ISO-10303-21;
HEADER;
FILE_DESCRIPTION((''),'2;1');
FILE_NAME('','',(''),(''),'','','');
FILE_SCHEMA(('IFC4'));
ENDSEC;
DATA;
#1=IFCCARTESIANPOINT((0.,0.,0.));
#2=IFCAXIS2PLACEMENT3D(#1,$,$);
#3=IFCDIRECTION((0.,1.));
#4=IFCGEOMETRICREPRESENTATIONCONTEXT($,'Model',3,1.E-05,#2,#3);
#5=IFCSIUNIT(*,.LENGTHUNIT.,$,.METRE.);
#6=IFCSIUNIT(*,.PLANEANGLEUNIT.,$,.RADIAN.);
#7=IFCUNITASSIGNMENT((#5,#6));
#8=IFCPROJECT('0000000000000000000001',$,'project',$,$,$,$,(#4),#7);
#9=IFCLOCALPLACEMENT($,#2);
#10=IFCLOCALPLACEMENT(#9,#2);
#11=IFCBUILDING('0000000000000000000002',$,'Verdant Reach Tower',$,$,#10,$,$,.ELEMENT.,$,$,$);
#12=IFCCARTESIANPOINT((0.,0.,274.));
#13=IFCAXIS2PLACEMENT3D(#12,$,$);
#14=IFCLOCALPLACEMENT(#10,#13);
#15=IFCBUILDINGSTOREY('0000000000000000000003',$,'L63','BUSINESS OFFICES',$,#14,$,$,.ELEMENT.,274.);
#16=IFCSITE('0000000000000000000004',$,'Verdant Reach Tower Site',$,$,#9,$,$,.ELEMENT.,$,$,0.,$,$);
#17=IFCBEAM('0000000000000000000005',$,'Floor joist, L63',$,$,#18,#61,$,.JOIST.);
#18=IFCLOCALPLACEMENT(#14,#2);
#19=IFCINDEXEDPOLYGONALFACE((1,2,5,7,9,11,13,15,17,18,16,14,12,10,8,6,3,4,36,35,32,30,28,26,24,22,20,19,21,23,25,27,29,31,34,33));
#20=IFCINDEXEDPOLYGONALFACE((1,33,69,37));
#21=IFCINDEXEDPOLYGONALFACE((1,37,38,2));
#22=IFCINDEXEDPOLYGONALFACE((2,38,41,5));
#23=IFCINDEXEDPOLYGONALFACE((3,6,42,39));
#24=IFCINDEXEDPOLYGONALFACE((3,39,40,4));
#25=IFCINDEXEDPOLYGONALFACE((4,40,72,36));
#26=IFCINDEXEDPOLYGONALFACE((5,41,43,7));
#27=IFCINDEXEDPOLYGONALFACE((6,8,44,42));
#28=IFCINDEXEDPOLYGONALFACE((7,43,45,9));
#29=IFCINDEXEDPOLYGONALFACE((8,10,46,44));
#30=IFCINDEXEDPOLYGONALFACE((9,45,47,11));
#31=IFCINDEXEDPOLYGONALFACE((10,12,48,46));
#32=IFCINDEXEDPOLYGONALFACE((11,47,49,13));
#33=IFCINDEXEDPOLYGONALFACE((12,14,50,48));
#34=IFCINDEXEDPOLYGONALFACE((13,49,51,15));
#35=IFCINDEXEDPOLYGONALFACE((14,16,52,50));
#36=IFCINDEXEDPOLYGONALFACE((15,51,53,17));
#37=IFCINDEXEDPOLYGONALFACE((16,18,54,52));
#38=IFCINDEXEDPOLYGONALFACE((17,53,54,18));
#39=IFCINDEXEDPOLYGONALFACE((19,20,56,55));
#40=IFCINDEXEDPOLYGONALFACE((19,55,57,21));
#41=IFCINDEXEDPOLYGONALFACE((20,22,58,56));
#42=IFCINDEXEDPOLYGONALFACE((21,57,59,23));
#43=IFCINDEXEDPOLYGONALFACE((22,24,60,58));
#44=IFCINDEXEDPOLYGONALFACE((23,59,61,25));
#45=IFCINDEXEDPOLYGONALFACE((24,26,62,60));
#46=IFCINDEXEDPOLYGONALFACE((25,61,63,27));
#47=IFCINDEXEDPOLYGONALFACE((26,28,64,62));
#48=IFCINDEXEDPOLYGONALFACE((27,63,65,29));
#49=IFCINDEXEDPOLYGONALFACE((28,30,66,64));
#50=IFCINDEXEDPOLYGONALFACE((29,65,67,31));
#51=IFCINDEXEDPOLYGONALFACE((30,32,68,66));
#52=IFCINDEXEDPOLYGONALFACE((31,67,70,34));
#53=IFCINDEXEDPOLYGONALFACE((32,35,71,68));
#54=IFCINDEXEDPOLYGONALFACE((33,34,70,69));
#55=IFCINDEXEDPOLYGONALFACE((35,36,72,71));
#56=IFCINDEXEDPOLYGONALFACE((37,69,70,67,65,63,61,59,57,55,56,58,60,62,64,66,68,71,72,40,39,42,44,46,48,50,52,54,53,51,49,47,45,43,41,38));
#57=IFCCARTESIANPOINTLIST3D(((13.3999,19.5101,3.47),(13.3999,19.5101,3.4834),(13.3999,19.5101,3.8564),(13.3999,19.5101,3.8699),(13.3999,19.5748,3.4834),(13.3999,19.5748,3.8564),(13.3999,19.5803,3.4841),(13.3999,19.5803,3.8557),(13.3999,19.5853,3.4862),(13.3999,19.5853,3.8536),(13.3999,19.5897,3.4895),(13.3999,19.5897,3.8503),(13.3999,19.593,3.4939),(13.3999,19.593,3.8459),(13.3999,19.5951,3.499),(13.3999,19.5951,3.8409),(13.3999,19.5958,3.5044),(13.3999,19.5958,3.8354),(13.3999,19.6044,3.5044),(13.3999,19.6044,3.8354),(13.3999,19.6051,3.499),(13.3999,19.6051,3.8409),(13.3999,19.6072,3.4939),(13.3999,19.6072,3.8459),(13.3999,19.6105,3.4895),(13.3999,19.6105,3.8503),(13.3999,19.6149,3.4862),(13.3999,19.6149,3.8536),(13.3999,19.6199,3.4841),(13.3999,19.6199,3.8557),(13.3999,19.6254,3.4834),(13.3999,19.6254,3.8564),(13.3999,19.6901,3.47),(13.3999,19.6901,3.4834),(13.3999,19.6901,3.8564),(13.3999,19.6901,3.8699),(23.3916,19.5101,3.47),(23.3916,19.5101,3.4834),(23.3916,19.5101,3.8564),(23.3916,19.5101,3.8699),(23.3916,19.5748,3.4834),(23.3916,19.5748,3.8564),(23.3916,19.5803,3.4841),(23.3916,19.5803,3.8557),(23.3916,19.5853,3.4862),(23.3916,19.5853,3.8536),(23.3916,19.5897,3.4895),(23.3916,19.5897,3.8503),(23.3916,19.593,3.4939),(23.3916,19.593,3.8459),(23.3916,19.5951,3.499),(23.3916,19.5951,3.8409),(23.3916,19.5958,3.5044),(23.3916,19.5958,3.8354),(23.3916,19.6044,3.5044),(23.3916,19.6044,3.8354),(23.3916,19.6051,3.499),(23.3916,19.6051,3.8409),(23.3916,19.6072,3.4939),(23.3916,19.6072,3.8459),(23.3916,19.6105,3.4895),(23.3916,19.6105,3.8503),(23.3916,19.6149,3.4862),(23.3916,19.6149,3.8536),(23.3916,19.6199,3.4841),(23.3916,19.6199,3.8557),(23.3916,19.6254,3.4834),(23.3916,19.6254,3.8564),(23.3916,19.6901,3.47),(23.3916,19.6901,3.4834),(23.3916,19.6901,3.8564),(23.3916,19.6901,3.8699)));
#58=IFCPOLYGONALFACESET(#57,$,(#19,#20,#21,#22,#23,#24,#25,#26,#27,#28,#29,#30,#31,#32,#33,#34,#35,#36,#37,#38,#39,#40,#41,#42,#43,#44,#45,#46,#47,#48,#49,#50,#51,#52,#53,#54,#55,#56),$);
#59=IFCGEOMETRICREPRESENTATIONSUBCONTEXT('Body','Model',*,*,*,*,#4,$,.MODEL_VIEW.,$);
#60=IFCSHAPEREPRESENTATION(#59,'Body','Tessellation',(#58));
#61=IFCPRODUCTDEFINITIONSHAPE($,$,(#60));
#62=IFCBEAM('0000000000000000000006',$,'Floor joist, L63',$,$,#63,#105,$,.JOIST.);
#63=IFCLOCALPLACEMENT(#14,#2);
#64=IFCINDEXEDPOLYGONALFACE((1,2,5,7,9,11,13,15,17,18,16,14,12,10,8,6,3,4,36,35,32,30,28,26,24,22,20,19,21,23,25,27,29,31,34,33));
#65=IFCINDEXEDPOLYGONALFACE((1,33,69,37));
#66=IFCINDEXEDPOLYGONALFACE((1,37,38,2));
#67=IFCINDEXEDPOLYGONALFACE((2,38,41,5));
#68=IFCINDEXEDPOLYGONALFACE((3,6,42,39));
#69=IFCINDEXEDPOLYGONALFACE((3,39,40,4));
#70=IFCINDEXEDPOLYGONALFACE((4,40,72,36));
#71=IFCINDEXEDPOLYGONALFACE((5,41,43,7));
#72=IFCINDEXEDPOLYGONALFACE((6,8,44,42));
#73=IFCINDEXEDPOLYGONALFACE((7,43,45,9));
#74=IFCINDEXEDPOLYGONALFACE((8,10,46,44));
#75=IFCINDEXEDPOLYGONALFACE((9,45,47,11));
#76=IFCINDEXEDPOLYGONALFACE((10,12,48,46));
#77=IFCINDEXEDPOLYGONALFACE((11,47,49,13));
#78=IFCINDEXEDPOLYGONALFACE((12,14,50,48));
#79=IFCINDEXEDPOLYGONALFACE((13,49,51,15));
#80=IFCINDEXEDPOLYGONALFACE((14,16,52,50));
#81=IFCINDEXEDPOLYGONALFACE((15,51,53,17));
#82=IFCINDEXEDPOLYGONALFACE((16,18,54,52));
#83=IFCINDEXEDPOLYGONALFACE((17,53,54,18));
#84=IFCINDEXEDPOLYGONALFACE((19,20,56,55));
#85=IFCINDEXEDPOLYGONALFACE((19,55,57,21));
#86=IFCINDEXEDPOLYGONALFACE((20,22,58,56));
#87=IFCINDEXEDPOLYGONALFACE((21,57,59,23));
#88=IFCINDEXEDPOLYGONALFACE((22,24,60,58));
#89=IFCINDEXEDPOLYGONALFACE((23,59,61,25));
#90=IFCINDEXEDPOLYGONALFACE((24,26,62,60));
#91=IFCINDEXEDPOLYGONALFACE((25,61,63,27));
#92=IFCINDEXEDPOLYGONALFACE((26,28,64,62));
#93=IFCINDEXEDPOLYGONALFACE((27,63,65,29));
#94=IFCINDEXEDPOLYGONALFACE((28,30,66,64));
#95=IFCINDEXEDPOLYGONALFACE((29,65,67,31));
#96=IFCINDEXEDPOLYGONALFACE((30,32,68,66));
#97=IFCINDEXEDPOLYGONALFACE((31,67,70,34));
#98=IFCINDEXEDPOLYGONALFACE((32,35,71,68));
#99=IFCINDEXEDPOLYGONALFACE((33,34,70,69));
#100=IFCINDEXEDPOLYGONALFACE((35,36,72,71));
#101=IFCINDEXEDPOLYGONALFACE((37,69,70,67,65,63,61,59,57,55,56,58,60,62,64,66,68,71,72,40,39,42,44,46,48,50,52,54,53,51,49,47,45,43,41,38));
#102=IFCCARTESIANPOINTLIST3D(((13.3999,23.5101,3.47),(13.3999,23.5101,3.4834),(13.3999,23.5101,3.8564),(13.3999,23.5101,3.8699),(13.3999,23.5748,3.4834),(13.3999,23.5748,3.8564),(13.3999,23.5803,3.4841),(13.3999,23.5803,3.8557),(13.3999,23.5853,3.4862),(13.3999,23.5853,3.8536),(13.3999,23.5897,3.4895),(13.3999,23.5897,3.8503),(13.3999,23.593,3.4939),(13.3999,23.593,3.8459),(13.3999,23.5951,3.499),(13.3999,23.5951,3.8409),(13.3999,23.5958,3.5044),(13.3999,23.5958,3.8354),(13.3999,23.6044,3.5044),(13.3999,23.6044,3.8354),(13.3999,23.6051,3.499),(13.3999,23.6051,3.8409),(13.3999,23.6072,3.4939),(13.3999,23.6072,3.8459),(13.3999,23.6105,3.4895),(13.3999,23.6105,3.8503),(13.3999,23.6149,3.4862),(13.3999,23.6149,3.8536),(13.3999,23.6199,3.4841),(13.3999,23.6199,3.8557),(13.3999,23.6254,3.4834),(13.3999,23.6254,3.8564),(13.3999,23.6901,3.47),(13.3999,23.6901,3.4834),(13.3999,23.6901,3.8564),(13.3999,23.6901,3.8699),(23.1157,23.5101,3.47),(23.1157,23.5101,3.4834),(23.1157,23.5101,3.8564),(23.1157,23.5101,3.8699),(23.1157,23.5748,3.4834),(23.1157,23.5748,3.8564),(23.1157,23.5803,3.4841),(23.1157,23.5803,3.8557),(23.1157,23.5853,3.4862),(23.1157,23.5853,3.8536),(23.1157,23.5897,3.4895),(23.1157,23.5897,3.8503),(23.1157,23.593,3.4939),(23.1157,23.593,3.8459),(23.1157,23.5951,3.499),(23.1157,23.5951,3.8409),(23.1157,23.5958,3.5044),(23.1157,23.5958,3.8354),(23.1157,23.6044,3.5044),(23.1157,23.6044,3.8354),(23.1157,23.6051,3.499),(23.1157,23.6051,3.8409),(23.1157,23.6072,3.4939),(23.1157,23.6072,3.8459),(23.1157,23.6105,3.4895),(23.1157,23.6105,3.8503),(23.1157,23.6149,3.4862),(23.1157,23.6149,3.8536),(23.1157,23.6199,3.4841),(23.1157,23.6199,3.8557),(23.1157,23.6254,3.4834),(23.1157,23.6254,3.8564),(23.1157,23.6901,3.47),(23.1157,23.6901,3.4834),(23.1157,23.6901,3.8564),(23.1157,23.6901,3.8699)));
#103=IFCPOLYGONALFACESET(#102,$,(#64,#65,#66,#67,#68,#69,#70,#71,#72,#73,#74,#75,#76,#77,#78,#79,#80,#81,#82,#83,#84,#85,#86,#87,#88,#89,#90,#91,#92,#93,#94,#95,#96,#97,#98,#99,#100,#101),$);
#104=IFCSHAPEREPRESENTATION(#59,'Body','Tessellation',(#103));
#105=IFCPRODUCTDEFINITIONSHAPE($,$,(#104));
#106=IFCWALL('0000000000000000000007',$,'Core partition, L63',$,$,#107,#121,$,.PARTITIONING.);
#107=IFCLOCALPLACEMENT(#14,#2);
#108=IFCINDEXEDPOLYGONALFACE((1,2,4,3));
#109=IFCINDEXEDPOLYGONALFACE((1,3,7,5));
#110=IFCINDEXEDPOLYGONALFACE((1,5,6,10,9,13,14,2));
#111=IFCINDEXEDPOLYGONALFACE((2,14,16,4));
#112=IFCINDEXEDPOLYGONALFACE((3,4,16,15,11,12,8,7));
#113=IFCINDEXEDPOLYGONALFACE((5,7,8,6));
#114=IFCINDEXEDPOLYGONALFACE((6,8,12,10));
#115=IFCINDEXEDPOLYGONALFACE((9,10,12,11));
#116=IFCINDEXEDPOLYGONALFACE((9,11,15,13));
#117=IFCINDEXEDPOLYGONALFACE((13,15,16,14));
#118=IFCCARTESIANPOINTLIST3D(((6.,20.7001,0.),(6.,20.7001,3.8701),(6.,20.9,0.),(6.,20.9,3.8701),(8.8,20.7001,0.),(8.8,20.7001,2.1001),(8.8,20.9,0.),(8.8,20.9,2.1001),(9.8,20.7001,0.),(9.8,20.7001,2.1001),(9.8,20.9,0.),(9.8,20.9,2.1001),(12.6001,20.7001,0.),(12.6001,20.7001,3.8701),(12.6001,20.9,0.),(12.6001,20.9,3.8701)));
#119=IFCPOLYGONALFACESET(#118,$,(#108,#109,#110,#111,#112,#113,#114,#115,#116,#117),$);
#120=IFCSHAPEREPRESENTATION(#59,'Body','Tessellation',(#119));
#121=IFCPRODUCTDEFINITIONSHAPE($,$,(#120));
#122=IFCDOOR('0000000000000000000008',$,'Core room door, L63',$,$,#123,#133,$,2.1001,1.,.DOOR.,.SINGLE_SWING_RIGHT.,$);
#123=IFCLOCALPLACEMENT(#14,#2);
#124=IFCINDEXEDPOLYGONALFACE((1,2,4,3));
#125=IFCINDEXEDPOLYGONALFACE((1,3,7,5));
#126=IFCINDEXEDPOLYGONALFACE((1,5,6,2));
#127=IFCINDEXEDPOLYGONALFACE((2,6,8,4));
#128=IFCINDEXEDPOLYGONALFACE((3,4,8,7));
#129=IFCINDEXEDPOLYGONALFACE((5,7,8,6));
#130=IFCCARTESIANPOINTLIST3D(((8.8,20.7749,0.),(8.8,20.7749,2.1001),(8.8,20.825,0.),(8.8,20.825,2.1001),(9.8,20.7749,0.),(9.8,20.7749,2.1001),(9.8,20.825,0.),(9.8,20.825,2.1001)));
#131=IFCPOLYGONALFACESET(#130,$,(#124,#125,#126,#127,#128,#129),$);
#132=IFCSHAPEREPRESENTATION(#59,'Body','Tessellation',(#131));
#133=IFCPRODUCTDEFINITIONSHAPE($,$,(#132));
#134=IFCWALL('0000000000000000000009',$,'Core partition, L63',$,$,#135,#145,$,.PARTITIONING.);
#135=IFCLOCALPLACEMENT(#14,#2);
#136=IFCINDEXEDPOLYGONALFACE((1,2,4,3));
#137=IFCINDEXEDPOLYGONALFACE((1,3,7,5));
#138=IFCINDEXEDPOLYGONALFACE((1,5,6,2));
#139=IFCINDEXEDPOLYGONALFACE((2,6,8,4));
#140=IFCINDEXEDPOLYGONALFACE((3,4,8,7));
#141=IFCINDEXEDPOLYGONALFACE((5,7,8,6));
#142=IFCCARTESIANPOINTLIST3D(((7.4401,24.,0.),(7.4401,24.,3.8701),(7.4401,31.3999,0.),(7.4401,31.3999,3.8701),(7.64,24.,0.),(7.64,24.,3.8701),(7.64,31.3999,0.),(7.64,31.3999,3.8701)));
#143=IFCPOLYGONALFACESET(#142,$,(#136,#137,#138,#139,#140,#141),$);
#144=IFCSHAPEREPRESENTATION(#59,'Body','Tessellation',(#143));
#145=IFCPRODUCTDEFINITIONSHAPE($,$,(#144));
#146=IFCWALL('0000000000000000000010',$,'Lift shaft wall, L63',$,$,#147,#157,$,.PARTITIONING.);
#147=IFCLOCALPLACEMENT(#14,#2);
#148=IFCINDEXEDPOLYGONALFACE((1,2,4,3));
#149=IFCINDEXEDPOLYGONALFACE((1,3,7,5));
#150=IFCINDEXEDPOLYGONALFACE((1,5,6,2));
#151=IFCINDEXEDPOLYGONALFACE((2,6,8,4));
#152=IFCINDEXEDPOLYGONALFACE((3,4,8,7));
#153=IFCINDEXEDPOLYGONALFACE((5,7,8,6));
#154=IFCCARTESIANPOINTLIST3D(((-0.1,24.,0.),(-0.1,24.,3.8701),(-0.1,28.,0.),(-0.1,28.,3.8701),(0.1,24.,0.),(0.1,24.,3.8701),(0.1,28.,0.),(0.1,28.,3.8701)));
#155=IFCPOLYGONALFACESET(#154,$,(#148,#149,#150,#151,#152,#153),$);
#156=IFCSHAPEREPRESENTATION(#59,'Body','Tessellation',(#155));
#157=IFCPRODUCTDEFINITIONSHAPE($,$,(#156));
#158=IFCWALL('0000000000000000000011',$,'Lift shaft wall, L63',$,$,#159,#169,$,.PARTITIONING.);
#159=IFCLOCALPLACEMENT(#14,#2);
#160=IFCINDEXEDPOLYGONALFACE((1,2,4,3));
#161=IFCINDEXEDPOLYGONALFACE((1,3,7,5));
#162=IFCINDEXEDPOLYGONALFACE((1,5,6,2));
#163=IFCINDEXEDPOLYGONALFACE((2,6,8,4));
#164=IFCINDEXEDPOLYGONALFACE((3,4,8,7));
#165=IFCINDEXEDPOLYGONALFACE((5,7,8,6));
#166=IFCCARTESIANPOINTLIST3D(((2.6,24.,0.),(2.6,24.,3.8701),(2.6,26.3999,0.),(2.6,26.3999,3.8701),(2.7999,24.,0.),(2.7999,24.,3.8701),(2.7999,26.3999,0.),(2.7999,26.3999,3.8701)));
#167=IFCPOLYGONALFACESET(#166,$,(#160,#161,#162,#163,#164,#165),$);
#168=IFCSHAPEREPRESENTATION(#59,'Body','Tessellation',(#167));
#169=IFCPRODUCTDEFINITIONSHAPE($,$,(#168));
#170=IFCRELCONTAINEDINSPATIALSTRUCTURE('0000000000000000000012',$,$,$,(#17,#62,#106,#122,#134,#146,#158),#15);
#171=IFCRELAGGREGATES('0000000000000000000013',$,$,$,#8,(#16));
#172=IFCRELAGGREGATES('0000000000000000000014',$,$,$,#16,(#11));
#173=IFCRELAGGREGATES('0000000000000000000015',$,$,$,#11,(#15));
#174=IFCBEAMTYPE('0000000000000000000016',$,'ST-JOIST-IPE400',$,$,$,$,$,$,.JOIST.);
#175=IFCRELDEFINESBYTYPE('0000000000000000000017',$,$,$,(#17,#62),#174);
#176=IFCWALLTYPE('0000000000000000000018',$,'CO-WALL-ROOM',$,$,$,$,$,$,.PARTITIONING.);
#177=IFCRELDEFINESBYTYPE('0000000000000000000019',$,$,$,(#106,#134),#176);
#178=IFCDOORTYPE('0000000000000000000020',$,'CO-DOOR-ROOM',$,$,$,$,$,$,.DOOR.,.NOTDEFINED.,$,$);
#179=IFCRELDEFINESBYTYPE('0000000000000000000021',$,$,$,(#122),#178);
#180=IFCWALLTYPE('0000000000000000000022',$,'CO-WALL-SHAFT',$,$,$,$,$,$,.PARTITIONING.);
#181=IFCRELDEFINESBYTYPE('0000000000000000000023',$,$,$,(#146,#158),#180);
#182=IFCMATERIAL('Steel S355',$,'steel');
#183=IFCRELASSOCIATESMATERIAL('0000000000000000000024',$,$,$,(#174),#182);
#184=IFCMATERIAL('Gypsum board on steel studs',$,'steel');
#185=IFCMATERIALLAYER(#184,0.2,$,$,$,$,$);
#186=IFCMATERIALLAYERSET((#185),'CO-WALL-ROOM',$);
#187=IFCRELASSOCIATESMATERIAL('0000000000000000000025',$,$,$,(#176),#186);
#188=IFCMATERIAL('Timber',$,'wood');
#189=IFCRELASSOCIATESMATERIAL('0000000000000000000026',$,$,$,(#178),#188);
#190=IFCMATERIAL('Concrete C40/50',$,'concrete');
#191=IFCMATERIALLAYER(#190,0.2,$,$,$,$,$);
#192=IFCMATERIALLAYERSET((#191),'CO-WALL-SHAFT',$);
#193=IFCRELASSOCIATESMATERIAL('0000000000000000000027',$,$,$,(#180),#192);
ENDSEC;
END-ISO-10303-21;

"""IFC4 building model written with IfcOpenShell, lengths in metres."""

from ifc_helpers import new_model, si_unit, direction, frame, frame_2d, origin, origin_2d, place, context, subcontext, project, spatial, rectangle, i_section, extrude, material, layer, layer_set, material_profile, profile_set, type_object, element, fill, save


model = new_model("IFC4")

# Units and contexts
model_context = context("Model", 3, precision=1e-05, world=origin(), true_north=direction((0.0, 1.0)))
body_context = subcontext(model_context, "Body", "Model", "MODEL_VIEW")
ifc_project = project(units=[si_unit("LENGTHUNIT", "METRE"), si_unit("PLANEANGLEUNIT", "RADIAN")], contexts=[model_context])

# Site, building, storey
site_placement = place(None, origin())
site = spatial("IfcSite", under=ifc_project, at=site_placement, Name="Verdant Reach Tower Site", CompositionType="ELEMENT", RefElevation=0.0)
building_placement = place(site_placement, origin())
building = spatial("IfcBuilding", under=site, at=building_placement, Name="Verdant Reach Tower", CompositionType="ELEMENT")
storey_placement = place(building_placement, frame((0.0, 0.0, 274.0)))
storey = spatial("IfcBuildingStorey", under=building, at=storey_placement, Name="L63", Description="BUSINESS OFFICES", CompositionType="ELEMENT", Elevation=274.0)

# Beams
ifc_material_1 = material(Name="Steel S355", Category="steel")
ifc_material_profile = material_profile(ifc_material_1, i_section(OverallWidth=0.1799, OverallDepth=0.3999, WebThickness=0.0085, FlangeThickness=0.0134, FilletRadius=0.021, at=origin_2d()), Name="IPE 400")
ifc_profile_set = profile_set([ifc_material_profile], Name="Steel S355")
beam_type = type_object("IfcBeamType", Name="ST-JOIST-IPE400", PredefinedType="JOIST", material=ifc_profile_set)
beam_1_placement = place(storey_placement, frame((13.3999, 19.6001, 3.6699), z_axis=(1.0, 0.0, 0.0), x_axis=(0.0, 1.0, 0.0)))
element("IfcBeam", 1, at=beam_1_placement, inside=storey, type_object=beam_type, Name="Floor joist, L63", PredefinedType="JOIST", context=body_context, shape_type="SweptSolid", body=[
    extrude(i_section(OverallWidth=0.1799, OverallDepth=0.3999, WebThickness=0.0085, FlangeThickness=0.0134, FilletRadius=0.021, at=origin_2d()), origin(), (0.0, 0.0, 1.0), 9.9917),
])
beam_2_placement = place(storey_placement, frame((13.3999, 23.6001, 3.6699), z_axis=(1.0, 0.0, 0.0), x_axis=(0.0, 1.0, 0.0)))
element("IfcBeam", 2, at=beam_2_placement, inside=storey, type_object=beam_type, Name="Floor joist, L63", PredefinedType="JOIST", context=body_context, shape_type="SweptSolid", body=[
    extrude(i_section(OverallWidth=0.1799, OverallDepth=0.3999, WebThickness=0.0085, FlangeThickness=0.0134, FilletRadius=0.021, at=origin_2d()), origin(), (0.0, 0.0, 1.0), 9.7158),
])

# Wall, opening, door
ifc_material_2 = material(Name="Gypsum board on steel studs", Category="steel")
ifc_layer_1 = layer(ifc_material_2, 0.2)
ifc_layer_set_1 = layer_set([ifc_layer_1], Name="CO-WALL-ROOM")
wall_type_1 = type_object("IfcWallType", Name="CO-WALL-ROOM", PredefinedType="PARTITIONING", material=ifc_layer_set_1)
wall_1_placement = place(storey_placement, frame((6.0, 20.8, 0.0), z_axis=(0.0, 0.0, 1.0), x_axis=(1.0, 0.0, 0.0)))
wall_1 = element("IfcWall", 3, at=wall_1_placement, inside=storey, type_object=wall_type_1, Name="Core partition, L63", PredefinedType="PARTITIONING", context=body_context, shape_type="SweptSolid", body=[
    extrude(rectangle(XDim=6.6001, YDim=0.2, at=frame_2d((3.3, 0.0))), origin(), (0.0, 0.0, 1.0), 3.8701),
])
opening_1_placement = place(wall_1_placement, frame((2.8, 0.0, 0.0)))
opening_1 = element("IfcOpeningElement", 4, at=opening_1_placement, cuts=wall_1, PredefinedType="OPENING", context=body_context, shape_type="SweptSolid", body=[
    extrude(rectangle(XDim=1.0, YDim=2.1001, at=frame_2d((0.5, 1.05))), frame((0.0, 0.1099, 0.0), z_axis=(0.0, -1.0, 0.0), x_axis=(1.0, 0.0, 0.0)), (0.0, 0.0, 1.0), 0.22),
])
ifc_material_3 = material(Name="Timber", Category="wood")
door_type_1 = type_object("IfcDoorType", Name="CO-DOOR-ROOM", OperationType="NOTDEFINED", PredefinedType="DOOR", material=ifc_material_3)
door_1_placement = place(opening_1_placement, origin())
door_1 = element("IfcDoor", 5, at=door_1_placement, inside=storey, type_object=door_type_1, Name="Core room door, L63", OperationType="SINGLE_SWING_RIGHT", OverallHeight=2.1001, OverallWidth=1.0, PredefinedType="DOOR", context=body_context, shape_type="SweptSolid", body=[
    extrude(rectangle(XDim=1.0, YDim=2.1001, at=frame_2d((0.5, 1.05))), frame((0.0, 0.0249, 0.0), z_axis=(0.0, -1.0, 0.0), x_axis=(1.0, 0.0, 0.0)), (0.0, 0.0, 1.0), 0.05),
])
fill(opening_1, door_1)

# Walls
wall_2_placement = place(storey_placement, frame((7.54, 24.0, 0.0), z_axis=(0.0, 0.0, 1.0), x_axis=(0.0, 1.0, 0.0)))
element("IfcWall", 6, at=wall_2_placement, inside=storey, type_object=wall_type_1, Name="Core partition, L63", PredefinedType="PARTITIONING", context=body_context, shape_type="SweptSolid", body=[
    extrude(rectangle(XDim=7.3999, YDim=0.2, at=frame_2d((3.7, 0.0))), origin(), (0.0, 0.0, 1.0), 3.8701),
])
ifc_material_4 = material(Name="Concrete C40/50", Category="concrete")
ifc_layer_2 = layer(ifc_material_4, 0.2)
ifc_layer_set_2 = layer_set([ifc_layer_2], Name="CO-WALL-SHAFT")
wall_type_2 = type_object("IfcWallType", Name="CO-WALL-SHAFT", PredefinedType="PARTITIONING", material=ifc_layer_set_2)
wall_3_placement = place(storey_placement, frame((0.0, 24.0, 0.0), z_axis=(0.0, 0.0, 1.0), x_axis=(0.0, 1.0, 0.0)))
element("IfcWall", 7, at=wall_3_placement, inside=storey, type_object=wall_type_2, Name="Lift shaft wall, L63", PredefinedType="PARTITIONING", context=body_context, shape_type="SweptSolid", body=[
    extrude(rectangle(XDim=4.0, YDim=0.2, at=frame_2d((2.0, 0.0))), origin(), (0.0, 0.0, 1.0), 3.8701),
])
wall_4_placement = place(storey_placement, frame((2.7, 24.0, 0.0), z_axis=(0.0, 0.0, 1.0), x_axis=(0.0, 1.0, 0.0)))
element("IfcWall", 8, at=wall_4_placement, inside=storey, type_object=wall_type_2, Name="Lift shaft wall, L63", PredefinedType="PARTITIONING", context=body_context, shape_type="SweptSolid", body=[
    extrude(rectangle(XDim=2.3999, YDim=0.2, at=frame_2d((1.2, 0.0))), origin(), (0.0, 0.0, 1.0), 3.8701),
])

save(model, "model.ifc")
